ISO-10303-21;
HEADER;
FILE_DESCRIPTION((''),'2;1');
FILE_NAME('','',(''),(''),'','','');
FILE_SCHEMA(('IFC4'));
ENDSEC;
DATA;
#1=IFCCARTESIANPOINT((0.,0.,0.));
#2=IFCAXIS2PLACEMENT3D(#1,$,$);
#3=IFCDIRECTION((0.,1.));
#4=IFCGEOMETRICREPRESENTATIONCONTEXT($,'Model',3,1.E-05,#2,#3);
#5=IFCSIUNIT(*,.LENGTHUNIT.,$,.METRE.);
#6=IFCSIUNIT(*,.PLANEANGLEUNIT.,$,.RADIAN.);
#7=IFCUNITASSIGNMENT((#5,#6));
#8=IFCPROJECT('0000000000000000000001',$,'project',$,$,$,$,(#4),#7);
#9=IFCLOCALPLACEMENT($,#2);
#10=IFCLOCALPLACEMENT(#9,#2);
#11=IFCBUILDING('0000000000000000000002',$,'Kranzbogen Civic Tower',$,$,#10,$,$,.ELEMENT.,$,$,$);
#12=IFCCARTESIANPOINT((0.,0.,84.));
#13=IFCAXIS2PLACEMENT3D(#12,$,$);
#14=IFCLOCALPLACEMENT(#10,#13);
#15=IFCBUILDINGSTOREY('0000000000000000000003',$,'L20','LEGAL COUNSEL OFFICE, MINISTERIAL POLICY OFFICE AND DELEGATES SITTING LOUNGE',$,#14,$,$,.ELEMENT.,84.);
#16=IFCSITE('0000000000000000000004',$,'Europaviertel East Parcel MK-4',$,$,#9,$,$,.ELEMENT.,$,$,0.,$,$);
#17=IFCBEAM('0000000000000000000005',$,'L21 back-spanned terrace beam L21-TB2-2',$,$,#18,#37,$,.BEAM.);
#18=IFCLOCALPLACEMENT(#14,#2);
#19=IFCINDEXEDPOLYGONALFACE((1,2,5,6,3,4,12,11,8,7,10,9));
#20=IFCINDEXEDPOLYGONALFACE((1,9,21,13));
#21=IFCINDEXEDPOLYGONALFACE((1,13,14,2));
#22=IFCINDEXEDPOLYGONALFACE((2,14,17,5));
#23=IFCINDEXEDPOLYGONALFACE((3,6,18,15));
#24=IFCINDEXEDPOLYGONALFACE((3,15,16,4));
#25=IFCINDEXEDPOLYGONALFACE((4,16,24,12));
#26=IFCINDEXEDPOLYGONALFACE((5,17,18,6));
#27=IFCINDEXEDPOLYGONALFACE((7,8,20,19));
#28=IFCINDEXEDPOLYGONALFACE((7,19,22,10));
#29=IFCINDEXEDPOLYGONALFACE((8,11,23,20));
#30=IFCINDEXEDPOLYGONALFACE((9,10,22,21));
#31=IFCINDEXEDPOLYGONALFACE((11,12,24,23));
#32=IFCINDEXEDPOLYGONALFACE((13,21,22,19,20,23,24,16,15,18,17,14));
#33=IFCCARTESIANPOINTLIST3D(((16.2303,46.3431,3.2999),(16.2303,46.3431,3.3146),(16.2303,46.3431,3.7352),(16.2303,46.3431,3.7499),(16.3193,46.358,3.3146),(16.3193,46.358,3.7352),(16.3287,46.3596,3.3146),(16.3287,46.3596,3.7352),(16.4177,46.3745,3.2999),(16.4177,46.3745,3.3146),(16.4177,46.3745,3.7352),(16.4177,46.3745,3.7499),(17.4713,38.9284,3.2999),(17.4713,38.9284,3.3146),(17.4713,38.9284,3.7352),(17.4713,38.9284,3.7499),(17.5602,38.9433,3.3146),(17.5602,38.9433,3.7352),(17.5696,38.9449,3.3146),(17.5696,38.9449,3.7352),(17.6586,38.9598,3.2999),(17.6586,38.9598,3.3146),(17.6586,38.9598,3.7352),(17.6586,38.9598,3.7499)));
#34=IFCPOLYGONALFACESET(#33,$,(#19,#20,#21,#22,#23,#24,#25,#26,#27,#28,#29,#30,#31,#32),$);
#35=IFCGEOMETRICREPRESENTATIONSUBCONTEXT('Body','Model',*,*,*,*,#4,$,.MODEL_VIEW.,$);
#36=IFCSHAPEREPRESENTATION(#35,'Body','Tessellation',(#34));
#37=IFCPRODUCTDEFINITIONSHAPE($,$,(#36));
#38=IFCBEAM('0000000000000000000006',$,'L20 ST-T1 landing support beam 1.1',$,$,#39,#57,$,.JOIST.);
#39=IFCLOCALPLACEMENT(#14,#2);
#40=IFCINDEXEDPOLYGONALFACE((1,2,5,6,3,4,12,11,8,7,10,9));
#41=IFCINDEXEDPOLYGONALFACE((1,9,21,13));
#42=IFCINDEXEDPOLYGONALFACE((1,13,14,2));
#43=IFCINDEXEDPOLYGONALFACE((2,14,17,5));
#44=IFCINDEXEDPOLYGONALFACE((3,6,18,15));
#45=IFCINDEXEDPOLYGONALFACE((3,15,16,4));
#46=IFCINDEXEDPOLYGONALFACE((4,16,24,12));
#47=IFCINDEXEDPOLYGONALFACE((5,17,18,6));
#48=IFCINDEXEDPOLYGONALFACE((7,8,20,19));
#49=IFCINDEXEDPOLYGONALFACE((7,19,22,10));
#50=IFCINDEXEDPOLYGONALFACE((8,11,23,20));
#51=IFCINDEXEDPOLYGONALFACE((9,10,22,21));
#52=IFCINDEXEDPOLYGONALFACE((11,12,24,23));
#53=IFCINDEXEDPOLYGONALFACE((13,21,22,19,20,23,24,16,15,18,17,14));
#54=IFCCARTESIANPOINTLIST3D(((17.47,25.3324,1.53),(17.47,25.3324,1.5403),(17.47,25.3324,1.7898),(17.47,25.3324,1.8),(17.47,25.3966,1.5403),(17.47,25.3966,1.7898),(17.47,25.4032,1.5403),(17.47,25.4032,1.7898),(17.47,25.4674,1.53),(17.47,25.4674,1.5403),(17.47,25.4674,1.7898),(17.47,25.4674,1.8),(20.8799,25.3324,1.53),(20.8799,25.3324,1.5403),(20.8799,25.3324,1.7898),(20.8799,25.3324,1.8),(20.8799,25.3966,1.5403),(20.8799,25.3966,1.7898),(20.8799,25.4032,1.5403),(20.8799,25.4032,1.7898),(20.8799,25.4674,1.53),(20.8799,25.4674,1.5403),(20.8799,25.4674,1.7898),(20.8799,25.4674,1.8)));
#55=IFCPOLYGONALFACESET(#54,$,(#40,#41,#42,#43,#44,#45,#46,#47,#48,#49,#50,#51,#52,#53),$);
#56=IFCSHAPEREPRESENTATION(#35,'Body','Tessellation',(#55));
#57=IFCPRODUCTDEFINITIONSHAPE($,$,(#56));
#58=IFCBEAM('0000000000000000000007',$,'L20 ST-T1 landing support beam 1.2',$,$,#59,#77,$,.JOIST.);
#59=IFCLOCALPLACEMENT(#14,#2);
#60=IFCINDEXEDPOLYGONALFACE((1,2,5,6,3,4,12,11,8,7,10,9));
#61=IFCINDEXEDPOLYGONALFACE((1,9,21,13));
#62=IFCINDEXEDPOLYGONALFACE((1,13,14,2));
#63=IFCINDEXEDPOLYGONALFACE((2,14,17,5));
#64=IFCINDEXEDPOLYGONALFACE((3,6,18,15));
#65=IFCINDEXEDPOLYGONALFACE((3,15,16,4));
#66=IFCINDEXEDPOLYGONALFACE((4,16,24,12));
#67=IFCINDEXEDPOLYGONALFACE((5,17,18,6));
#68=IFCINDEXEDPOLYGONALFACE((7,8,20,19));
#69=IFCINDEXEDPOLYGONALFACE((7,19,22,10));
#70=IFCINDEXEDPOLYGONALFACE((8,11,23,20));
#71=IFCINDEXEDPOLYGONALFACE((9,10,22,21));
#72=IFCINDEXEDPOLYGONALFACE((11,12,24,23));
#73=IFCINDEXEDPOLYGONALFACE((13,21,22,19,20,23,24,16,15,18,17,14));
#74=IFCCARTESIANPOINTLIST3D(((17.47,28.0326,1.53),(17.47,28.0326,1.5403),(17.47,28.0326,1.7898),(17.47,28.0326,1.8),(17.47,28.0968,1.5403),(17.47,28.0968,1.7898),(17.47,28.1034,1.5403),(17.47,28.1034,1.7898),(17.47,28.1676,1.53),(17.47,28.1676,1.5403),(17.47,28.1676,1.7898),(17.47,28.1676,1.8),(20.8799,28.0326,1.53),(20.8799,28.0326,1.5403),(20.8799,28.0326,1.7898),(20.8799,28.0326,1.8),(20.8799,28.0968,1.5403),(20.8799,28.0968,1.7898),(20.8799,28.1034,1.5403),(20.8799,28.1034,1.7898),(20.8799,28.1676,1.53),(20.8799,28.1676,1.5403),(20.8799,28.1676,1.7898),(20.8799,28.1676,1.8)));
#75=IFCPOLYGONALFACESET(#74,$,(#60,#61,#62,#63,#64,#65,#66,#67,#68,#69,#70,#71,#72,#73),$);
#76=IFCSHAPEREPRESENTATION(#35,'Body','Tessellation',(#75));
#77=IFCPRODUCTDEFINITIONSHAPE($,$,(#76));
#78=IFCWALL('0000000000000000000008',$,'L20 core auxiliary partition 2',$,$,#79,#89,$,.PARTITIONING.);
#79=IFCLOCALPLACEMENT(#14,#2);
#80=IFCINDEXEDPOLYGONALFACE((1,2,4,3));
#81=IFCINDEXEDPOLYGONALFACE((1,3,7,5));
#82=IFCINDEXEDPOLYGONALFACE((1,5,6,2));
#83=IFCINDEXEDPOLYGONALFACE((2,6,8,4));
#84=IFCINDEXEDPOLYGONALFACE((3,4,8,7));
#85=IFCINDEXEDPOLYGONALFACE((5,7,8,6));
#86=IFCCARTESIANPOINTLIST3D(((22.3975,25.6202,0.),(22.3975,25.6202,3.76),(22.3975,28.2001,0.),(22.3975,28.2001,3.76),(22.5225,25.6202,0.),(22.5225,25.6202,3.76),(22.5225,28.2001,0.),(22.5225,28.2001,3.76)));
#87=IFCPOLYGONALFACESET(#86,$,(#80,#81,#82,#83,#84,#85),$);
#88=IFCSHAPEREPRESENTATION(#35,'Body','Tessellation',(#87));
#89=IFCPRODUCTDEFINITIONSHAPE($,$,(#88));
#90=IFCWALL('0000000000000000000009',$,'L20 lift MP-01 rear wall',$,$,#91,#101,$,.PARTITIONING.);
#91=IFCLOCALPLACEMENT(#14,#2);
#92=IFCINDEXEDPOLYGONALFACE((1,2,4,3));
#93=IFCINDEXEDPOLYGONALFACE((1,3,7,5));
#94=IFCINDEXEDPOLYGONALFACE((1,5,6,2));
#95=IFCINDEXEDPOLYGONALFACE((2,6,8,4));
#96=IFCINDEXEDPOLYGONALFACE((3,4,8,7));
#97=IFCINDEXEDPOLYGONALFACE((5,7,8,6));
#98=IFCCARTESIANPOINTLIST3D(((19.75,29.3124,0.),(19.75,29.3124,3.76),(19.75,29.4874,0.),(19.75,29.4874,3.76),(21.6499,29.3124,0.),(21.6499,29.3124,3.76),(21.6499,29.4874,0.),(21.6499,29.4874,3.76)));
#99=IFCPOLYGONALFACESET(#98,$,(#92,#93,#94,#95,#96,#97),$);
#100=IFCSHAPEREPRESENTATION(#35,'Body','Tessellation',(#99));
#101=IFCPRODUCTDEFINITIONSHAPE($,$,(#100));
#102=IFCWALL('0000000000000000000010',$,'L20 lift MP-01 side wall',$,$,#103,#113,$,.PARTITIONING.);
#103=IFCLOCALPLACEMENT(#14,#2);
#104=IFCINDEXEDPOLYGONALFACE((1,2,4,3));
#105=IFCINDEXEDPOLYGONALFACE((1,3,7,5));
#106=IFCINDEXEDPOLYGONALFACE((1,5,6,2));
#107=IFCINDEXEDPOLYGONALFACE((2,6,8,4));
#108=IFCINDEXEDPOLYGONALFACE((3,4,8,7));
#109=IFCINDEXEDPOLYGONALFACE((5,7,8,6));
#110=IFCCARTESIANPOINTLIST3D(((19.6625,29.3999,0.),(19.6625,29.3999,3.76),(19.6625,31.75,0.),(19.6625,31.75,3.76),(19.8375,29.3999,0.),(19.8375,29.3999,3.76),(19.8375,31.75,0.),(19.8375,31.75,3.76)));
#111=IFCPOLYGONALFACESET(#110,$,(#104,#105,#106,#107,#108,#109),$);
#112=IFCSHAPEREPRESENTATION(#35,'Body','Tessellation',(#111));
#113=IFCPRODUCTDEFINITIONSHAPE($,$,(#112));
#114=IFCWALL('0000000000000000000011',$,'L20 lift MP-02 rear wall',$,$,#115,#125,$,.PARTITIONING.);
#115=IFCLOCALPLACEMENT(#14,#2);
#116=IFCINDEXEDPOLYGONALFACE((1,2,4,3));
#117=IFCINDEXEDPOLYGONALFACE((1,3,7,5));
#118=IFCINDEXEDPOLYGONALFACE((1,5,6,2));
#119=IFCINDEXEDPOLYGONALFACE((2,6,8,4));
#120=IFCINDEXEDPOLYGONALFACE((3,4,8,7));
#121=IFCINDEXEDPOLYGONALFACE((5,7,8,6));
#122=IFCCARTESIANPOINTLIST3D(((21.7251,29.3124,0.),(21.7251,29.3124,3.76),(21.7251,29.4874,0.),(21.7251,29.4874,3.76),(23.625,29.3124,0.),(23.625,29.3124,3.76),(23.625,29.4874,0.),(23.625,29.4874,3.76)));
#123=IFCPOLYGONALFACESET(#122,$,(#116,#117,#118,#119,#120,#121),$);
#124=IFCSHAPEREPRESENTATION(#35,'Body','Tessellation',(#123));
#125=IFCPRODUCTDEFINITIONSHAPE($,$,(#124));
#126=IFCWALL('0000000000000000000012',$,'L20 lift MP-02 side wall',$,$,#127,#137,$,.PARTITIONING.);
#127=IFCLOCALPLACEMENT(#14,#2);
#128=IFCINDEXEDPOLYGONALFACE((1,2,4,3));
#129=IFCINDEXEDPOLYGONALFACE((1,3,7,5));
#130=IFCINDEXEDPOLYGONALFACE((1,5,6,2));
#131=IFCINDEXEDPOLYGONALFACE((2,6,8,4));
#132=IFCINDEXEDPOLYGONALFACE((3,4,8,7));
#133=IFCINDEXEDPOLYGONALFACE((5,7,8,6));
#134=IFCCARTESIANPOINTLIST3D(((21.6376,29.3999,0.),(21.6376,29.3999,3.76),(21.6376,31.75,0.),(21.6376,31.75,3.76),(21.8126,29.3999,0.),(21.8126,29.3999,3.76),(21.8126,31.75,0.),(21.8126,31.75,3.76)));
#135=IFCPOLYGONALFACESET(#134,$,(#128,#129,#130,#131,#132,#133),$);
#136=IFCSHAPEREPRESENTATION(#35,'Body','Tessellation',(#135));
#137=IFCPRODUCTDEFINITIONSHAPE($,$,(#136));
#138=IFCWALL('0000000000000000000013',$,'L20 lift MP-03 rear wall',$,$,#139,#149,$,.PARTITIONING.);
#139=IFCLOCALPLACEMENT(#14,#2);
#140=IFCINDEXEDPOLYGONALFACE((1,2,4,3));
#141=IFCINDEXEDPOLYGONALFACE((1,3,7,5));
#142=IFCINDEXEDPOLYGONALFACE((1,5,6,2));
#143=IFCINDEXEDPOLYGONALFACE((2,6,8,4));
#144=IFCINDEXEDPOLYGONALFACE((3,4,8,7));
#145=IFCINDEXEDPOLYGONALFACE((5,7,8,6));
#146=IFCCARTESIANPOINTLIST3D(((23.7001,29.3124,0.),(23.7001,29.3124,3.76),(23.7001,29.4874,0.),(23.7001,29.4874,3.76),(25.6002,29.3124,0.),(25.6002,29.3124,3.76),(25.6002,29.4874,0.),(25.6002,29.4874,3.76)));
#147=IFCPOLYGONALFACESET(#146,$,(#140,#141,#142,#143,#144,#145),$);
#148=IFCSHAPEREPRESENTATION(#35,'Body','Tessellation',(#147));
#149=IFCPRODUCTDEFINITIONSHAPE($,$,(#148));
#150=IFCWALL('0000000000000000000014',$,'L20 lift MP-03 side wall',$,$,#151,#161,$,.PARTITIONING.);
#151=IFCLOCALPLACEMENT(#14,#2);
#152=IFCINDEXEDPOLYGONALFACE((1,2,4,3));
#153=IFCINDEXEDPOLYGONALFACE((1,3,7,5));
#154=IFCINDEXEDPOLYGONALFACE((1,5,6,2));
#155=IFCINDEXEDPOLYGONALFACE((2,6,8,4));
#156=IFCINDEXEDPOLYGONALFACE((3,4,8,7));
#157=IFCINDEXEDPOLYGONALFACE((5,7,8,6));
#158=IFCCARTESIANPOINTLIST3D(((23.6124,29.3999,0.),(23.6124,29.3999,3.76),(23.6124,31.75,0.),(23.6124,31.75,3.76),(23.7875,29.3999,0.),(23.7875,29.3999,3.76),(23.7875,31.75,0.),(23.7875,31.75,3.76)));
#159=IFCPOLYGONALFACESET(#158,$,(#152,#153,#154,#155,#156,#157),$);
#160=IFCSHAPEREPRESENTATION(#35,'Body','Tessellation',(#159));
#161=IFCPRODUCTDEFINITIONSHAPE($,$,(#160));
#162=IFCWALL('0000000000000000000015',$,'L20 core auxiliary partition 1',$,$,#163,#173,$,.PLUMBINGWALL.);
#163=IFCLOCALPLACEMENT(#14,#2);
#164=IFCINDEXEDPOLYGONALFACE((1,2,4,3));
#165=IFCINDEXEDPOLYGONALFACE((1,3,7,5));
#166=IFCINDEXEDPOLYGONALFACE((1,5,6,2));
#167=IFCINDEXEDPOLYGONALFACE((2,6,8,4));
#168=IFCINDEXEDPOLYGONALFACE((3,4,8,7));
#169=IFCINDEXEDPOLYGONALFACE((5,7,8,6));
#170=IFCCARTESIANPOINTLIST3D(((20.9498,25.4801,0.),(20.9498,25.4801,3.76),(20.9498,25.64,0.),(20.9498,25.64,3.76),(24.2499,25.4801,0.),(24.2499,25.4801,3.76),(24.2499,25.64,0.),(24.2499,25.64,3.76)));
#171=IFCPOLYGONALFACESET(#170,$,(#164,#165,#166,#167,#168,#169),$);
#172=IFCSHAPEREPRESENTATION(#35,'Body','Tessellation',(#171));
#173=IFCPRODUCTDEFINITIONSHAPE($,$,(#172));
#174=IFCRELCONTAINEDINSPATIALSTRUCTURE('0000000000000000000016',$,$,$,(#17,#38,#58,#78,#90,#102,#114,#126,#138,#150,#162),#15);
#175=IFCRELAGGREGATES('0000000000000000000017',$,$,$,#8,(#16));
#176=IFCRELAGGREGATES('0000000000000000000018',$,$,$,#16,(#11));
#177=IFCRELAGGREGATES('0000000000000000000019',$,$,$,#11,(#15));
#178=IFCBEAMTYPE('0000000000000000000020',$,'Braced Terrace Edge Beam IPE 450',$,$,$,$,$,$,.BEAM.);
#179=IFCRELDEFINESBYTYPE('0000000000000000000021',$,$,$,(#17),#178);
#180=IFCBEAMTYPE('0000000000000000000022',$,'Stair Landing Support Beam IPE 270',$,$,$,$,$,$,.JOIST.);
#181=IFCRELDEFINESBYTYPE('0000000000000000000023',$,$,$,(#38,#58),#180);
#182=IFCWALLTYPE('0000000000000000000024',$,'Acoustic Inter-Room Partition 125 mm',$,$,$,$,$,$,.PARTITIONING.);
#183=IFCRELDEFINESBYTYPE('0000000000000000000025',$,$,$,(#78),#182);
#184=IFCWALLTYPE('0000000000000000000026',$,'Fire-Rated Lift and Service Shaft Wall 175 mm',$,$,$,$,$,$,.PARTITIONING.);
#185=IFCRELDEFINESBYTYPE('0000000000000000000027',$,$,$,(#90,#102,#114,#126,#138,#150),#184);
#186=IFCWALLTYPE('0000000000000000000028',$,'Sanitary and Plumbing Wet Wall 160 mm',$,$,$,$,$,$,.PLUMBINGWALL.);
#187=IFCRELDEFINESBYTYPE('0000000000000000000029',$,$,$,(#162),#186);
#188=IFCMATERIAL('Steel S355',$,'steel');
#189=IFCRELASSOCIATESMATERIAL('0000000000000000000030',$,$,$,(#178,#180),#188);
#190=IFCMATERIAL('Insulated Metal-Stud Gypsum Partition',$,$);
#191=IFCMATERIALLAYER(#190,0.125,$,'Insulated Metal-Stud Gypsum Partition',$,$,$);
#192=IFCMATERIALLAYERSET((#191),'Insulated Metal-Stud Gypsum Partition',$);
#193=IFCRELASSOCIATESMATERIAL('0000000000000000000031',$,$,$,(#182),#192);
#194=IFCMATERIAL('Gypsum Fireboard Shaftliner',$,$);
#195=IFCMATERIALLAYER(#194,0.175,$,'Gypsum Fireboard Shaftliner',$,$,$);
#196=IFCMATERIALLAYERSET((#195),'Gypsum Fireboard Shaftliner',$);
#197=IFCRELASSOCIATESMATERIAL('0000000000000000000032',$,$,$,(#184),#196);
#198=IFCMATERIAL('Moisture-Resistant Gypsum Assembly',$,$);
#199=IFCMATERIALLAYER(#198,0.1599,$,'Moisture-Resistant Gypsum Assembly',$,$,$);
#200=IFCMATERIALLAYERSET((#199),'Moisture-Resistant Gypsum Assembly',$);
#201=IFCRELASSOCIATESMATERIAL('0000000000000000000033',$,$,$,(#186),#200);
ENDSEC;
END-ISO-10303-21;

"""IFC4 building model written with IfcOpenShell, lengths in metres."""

from ifc_helpers import new_model, si_unit, direction, frame, frame_2d, origin, origin_2d, place, context, subcontext, project, spatial, rectangle, i_section, extrude, material, layer, layer_set, material_profile, profile_set, type_object, element, save


model = new_model("IFC4")

# Units and contexts
model_context = context("Model", 3, precision=1e-05, world=origin(), true_north=direction((0.0, 1.0)))
body_context = subcontext(model_context, "Body", "Model", "MODEL_VIEW")
ifc_project = project(units=[si_unit("LENGTHUNIT", "METRE"), si_unit("PLANEANGLEUNIT", "RADIAN")], contexts=[model_context])

# Site, building, storey
site_placement = place(None, origin())
site = spatial("IfcSite", under=ifc_project, at=site_placement, Name="Europaviertel East Parcel MK-4", CompositionType="ELEMENT", RefElevation=0.0)
building_placement = place(site_placement, origin())
building = spatial("IfcBuilding", under=site, at=building_placement, Name="Kranzbogen Civic Tower", CompositionType="ELEMENT")
storey_placement = place(building_placement, frame((0.0, 0.0, 84.0)))
storey = spatial("IfcBuildingStorey", under=building, at=storey_placement, Name="L20", Description="LEGAL COUNSEL OFFICE, MINISTERIAL POLICY OFFICE AND DELEGATES SITTING LOUNGE", CompositionType="ELEMENT", Elevation=84.0)

# Beams
ifc_material_1 = material(Name="Steel S355", Category="steel")
ifc_material_profile_1 = material_profile(ifc_material_1, i_section(OverallWidth=0.1899, OverallDepth=0.45, WebThickness=0.0095, FlangeThickness=0.0146, at=origin_2d()), Name="IPE 450")
ifc_profile_set_1 = profile_set([ifc_material_profile_1], Name="Steel S355")
beam_type_1 = type_object("IfcBeamType", Name="Braced Terrace Edge Beam IPE 450", PredefinedType="BEAM", material=ifc_profile_set_1)
beam_placement = place(storey_placement, frame((17.5649, 38.9441, 3.5249), z_axis=(-0.165068, 0.986282, 0.0), x_axis=(-0.986282, -0.165068, 0.0)))
element("IfcBeam", 1, at=beam_placement, inside=storey, type_object=beam_type_1, Name="L21 back-spanned terrace beam L21-TB2-2", PredefinedType="BEAM", context=body_context, shape_type="SweptSolid", body=[
    extrude(i_section(OverallWidth=0.1899, OverallDepth=0.45, WebThickness=0.0095, FlangeThickness=0.0146, at=origin_2d()), origin(), (0.0, 0.0, 1.0), 7.5178),
])
ifc_material_profile_2 = material_profile(ifc_material_1, i_section(OverallWidth=0.135, OverallDepth=0.27, WebThickness=0.0066, FlangeThickness=0.0103, at=origin_2d()), Name="IPE 270")
ifc_profile_set_2 = profile_set([ifc_material_profile_2], Name="Steel S355")
beam_type_2 = type_object("IfcBeamType", Name="Stair Landing Support Beam IPE 270", PredefinedType="JOIST", material=ifc_profile_set_2)
for number, where, z_axis, x_axis, name in (
    (2, (20.8799, 25.3999, 1.665), (-1.0, 0.0, 0.0), (0.0, -1.0, 0.0), "L20 ST-T1 landing support beam 1.1"),
    (3, (20.8799, 28.1001, 1.665), (-1.0, 0.0, 0.0), (0.0, -1.0, 0.0), "L20 ST-T1 landing support beam 1.2"),
):
    element("IfcBeam", number, at=place(storey_placement, frame(where, z_axis=z_axis, x_axis=x_axis)), inside=storey, type_object=beam_type_2, Name=name, PredefinedType="JOIST", context=body_context, shape_type="SweptSolid", body=[
        extrude(i_section(OverallWidth=0.135, OverallDepth=0.27, WebThickness=0.0066, FlangeThickness=0.0103, at=origin_2d()), origin(), (0.0, 0.0, 1.0), 3.4099),
    ])

# Shared definitions
ifc_material_2 = material(Name="Insulated Metal-Stud Gypsum Partition")
ifc_layer_1 = layer(ifc_material_2, 0.125, Name="Insulated Metal-Stud Gypsum Partition")
ifc_layer_set_1 = layer_set([ifc_layer_1], Name="Insulated Metal-Stud Gypsum Partition")
wall_type_1 = type_object("IfcWallType", Name="Acoustic Inter-Room Partition 125 mm", PredefinedType="PARTITIONING", material=ifc_layer_set_1)

# Walls
wall_1_placement = place(storey_placement, frame((22.46, 25.6201, 0.0), z_axis=(0.0, 0.0, 1.0), x_axis=(0.0, 1.0, 0.0)))
element("IfcWall", 4, at=wall_1_placement, inside=storey, type_object=wall_type_1, Name="L20 core auxiliary partition 2", PredefinedType="PARTITIONING", context=body_context, shape_type="SweptSolid", body=[
    extrude(rectangle(XDim=2.5798, YDim=0.125, at=frame_2d((1.29, 0.0))), origin(), (0.0, 0.0, 1.0), 3.76),
])
ifc_material_3 = material(Name="Gypsum Fireboard Shaftliner")
ifc_layer_2 = layer(ifc_material_3, 0.175, Name="Gypsum Fireboard Shaftliner")
ifc_layer_set_2 = layer_set([ifc_layer_2], Name="Gypsum Fireboard Shaftliner")
wall_type_2 = type_object("IfcWallType", Name="Fire-Rated Lift and Service Shaft Wall 175 mm", PredefinedType="PARTITIONING", material=ifc_layer_set_2)
wall_2_placement = place(storey_placement, frame((19.75, 29.3999, 0.0), z_axis=(0.0, 0.0, 1.0), x_axis=(1.0, 0.0, 0.0)))
element("IfcWall", 5, at=wall_2_placement, inside=storey, type_object=wall_type_2, Name="L20 lift MP-01 rear wall", PredefinedType="PARTITIONING", context=body_context, shape_type="SweptSolid", body=[
    extrude(rectangle(XDim=1.8999, YDim=0.175, at=frame_2d((0.95, 0.0))), origin(), (0.0, 0.0, 1.0), 3.76),
])
wall_3_placement = place(storey_placement, frame((19.75, 29.3999, 0.0), z_axis=(0.0, 0.0, 1.0), x_axis=(0.0, 1.0, 0.0)))
element("IfcWall", 6, at=wall_3_placement, inside=storey, type_object=wall_type_2, Name="L20 lift MP-01 side wall", PredefinedType="PARTITIONING", context=body_context, shape_type="SweptSolid", body=[
    extrude(rectangle(XDim=2.3501, YDim=0.175, at=frame_2d((1.175, 0.0))), origin(), (0.0, 0.0, 1.0), 3.76),
])
wall_4_placement = place(storey_placement, frame((21.7251, 29.3999, 0.0), z_axis=(0.0, 0.0, 1.0), x_axis=(1.0, 0.0, 0.0)))
element("IfcWall", 7, at=wall_4_placement, inside=storey, type_object=wall_type_2, Name="L20 lift MP-02 rear wall", PredefinedType="PARTITIONING", context=body_context, shape_type="SweptSolid", body=[
    extrude(rectangle(XDim=1.8999, YDim=0.175, at=frame_2d((0.95, 0.0))), origin(), (0.0, 0.0, 1.0), 3.76),
])
wall_5_placement = place(storey_placement, frame((21.7251, 29.3999, 0.0), z_axis=(0.0, 0.0, 1.0), x_axis=(0.0, 1.0, 0.0)))
element("IfcWall", 8, at=wall_5_placement, inside=storey, type_object=wall_type_2, Name="L20 lift MP-02 side wall", PredefinedType="PARTITIONING", context=body_context, shape_type="SweptSolid", body=[
    extrude(rectangle(XDim=2.3501, YDim=0.175, at=frame_2d((1.175, 0.0))), origin(), (0.0, 0.0, 1.0), 3.76),
])
wall_6_placement = place(storey_placement, frame((23.7, 29.3999, 0.0), z_axis=(0.0, 0.0, 1.0), x_axis=(1.0, 0.0, 0.0)))
element("IfcWall", 9, at=wall_6_placement, inside=storey, type_object=wall_type_2, Name="L20 lift MP-03 rear wall", PredefinedType="PARTITIONING", context=body_context, shape_type="SweptSolid", body=[
    extrude(rectangle(XDim=1.9001, YDim=0.175, at=frame_2d((0.9502, 0.0))), origin(), (0.0, 0.0, 1.0), 3.76),
])
wall_7_placement = place(storey_placement, frame((23.7, 29.3999, 0.0), z_axis=(0.0, 0.0, 1.0), x_axis=(0.0, 1.0, 0.0)))
element("IfcWall", 10, at=wall_7_placement, inside=storey, type_object=wall_type_2, Name="L20 lift MP-03 side wall", PredefinedType="PARTITIONING", context=body_context, shape_type="SweptSolid", body=[
    extrude(rectangle(XDim=2.3501, YDim=0.175, at=frame_2d((1.175, 0.0))), origin(), (0.0, 0.0, 1.0), 3.76),
])
ifc_material_4 = material(Name="Moisture-Resistant Gypsum Assembly")
ifc_layer_3 = layer(ifc_material_4, 0.1599, Name="Moisture-Resistant Gypsum Assembly")
ifc_layer_set_3 = layer_set([ifc_layer_3], Name="Moisture-Resistant Gypsum Assembly")
wall_type_3 = type_object("IfcWallType", Name="Sanitary and Plumbing Wet Wall 160 mm", PredefinedType="PLUMBINGWALL", material=ifc_layer_set_3)
wall_8_placement = place(storey_placement, frame((20.95, 25.5601, 0.0), z_axis=(0.0, 0.0, 1.0), x_axis=(1.0, 0.0, 0.0)))
element("IfcWall", 11, at=wall_8_placement, inside=storey, type_object=wall_type_3, Name="L20 core auxiliary partition 1", PredefinedType="PLUMBINGWALL", context=body_context, shape_type="SweptSolid", body=[
    extrude(rectangle(XDim=3.3, YDim=0.1599, at=frame_2d((1.6499, 0.0))), origin(), (0.0, 0.0, 1.0), 3.76),
])

save(model, "model.ifc")
